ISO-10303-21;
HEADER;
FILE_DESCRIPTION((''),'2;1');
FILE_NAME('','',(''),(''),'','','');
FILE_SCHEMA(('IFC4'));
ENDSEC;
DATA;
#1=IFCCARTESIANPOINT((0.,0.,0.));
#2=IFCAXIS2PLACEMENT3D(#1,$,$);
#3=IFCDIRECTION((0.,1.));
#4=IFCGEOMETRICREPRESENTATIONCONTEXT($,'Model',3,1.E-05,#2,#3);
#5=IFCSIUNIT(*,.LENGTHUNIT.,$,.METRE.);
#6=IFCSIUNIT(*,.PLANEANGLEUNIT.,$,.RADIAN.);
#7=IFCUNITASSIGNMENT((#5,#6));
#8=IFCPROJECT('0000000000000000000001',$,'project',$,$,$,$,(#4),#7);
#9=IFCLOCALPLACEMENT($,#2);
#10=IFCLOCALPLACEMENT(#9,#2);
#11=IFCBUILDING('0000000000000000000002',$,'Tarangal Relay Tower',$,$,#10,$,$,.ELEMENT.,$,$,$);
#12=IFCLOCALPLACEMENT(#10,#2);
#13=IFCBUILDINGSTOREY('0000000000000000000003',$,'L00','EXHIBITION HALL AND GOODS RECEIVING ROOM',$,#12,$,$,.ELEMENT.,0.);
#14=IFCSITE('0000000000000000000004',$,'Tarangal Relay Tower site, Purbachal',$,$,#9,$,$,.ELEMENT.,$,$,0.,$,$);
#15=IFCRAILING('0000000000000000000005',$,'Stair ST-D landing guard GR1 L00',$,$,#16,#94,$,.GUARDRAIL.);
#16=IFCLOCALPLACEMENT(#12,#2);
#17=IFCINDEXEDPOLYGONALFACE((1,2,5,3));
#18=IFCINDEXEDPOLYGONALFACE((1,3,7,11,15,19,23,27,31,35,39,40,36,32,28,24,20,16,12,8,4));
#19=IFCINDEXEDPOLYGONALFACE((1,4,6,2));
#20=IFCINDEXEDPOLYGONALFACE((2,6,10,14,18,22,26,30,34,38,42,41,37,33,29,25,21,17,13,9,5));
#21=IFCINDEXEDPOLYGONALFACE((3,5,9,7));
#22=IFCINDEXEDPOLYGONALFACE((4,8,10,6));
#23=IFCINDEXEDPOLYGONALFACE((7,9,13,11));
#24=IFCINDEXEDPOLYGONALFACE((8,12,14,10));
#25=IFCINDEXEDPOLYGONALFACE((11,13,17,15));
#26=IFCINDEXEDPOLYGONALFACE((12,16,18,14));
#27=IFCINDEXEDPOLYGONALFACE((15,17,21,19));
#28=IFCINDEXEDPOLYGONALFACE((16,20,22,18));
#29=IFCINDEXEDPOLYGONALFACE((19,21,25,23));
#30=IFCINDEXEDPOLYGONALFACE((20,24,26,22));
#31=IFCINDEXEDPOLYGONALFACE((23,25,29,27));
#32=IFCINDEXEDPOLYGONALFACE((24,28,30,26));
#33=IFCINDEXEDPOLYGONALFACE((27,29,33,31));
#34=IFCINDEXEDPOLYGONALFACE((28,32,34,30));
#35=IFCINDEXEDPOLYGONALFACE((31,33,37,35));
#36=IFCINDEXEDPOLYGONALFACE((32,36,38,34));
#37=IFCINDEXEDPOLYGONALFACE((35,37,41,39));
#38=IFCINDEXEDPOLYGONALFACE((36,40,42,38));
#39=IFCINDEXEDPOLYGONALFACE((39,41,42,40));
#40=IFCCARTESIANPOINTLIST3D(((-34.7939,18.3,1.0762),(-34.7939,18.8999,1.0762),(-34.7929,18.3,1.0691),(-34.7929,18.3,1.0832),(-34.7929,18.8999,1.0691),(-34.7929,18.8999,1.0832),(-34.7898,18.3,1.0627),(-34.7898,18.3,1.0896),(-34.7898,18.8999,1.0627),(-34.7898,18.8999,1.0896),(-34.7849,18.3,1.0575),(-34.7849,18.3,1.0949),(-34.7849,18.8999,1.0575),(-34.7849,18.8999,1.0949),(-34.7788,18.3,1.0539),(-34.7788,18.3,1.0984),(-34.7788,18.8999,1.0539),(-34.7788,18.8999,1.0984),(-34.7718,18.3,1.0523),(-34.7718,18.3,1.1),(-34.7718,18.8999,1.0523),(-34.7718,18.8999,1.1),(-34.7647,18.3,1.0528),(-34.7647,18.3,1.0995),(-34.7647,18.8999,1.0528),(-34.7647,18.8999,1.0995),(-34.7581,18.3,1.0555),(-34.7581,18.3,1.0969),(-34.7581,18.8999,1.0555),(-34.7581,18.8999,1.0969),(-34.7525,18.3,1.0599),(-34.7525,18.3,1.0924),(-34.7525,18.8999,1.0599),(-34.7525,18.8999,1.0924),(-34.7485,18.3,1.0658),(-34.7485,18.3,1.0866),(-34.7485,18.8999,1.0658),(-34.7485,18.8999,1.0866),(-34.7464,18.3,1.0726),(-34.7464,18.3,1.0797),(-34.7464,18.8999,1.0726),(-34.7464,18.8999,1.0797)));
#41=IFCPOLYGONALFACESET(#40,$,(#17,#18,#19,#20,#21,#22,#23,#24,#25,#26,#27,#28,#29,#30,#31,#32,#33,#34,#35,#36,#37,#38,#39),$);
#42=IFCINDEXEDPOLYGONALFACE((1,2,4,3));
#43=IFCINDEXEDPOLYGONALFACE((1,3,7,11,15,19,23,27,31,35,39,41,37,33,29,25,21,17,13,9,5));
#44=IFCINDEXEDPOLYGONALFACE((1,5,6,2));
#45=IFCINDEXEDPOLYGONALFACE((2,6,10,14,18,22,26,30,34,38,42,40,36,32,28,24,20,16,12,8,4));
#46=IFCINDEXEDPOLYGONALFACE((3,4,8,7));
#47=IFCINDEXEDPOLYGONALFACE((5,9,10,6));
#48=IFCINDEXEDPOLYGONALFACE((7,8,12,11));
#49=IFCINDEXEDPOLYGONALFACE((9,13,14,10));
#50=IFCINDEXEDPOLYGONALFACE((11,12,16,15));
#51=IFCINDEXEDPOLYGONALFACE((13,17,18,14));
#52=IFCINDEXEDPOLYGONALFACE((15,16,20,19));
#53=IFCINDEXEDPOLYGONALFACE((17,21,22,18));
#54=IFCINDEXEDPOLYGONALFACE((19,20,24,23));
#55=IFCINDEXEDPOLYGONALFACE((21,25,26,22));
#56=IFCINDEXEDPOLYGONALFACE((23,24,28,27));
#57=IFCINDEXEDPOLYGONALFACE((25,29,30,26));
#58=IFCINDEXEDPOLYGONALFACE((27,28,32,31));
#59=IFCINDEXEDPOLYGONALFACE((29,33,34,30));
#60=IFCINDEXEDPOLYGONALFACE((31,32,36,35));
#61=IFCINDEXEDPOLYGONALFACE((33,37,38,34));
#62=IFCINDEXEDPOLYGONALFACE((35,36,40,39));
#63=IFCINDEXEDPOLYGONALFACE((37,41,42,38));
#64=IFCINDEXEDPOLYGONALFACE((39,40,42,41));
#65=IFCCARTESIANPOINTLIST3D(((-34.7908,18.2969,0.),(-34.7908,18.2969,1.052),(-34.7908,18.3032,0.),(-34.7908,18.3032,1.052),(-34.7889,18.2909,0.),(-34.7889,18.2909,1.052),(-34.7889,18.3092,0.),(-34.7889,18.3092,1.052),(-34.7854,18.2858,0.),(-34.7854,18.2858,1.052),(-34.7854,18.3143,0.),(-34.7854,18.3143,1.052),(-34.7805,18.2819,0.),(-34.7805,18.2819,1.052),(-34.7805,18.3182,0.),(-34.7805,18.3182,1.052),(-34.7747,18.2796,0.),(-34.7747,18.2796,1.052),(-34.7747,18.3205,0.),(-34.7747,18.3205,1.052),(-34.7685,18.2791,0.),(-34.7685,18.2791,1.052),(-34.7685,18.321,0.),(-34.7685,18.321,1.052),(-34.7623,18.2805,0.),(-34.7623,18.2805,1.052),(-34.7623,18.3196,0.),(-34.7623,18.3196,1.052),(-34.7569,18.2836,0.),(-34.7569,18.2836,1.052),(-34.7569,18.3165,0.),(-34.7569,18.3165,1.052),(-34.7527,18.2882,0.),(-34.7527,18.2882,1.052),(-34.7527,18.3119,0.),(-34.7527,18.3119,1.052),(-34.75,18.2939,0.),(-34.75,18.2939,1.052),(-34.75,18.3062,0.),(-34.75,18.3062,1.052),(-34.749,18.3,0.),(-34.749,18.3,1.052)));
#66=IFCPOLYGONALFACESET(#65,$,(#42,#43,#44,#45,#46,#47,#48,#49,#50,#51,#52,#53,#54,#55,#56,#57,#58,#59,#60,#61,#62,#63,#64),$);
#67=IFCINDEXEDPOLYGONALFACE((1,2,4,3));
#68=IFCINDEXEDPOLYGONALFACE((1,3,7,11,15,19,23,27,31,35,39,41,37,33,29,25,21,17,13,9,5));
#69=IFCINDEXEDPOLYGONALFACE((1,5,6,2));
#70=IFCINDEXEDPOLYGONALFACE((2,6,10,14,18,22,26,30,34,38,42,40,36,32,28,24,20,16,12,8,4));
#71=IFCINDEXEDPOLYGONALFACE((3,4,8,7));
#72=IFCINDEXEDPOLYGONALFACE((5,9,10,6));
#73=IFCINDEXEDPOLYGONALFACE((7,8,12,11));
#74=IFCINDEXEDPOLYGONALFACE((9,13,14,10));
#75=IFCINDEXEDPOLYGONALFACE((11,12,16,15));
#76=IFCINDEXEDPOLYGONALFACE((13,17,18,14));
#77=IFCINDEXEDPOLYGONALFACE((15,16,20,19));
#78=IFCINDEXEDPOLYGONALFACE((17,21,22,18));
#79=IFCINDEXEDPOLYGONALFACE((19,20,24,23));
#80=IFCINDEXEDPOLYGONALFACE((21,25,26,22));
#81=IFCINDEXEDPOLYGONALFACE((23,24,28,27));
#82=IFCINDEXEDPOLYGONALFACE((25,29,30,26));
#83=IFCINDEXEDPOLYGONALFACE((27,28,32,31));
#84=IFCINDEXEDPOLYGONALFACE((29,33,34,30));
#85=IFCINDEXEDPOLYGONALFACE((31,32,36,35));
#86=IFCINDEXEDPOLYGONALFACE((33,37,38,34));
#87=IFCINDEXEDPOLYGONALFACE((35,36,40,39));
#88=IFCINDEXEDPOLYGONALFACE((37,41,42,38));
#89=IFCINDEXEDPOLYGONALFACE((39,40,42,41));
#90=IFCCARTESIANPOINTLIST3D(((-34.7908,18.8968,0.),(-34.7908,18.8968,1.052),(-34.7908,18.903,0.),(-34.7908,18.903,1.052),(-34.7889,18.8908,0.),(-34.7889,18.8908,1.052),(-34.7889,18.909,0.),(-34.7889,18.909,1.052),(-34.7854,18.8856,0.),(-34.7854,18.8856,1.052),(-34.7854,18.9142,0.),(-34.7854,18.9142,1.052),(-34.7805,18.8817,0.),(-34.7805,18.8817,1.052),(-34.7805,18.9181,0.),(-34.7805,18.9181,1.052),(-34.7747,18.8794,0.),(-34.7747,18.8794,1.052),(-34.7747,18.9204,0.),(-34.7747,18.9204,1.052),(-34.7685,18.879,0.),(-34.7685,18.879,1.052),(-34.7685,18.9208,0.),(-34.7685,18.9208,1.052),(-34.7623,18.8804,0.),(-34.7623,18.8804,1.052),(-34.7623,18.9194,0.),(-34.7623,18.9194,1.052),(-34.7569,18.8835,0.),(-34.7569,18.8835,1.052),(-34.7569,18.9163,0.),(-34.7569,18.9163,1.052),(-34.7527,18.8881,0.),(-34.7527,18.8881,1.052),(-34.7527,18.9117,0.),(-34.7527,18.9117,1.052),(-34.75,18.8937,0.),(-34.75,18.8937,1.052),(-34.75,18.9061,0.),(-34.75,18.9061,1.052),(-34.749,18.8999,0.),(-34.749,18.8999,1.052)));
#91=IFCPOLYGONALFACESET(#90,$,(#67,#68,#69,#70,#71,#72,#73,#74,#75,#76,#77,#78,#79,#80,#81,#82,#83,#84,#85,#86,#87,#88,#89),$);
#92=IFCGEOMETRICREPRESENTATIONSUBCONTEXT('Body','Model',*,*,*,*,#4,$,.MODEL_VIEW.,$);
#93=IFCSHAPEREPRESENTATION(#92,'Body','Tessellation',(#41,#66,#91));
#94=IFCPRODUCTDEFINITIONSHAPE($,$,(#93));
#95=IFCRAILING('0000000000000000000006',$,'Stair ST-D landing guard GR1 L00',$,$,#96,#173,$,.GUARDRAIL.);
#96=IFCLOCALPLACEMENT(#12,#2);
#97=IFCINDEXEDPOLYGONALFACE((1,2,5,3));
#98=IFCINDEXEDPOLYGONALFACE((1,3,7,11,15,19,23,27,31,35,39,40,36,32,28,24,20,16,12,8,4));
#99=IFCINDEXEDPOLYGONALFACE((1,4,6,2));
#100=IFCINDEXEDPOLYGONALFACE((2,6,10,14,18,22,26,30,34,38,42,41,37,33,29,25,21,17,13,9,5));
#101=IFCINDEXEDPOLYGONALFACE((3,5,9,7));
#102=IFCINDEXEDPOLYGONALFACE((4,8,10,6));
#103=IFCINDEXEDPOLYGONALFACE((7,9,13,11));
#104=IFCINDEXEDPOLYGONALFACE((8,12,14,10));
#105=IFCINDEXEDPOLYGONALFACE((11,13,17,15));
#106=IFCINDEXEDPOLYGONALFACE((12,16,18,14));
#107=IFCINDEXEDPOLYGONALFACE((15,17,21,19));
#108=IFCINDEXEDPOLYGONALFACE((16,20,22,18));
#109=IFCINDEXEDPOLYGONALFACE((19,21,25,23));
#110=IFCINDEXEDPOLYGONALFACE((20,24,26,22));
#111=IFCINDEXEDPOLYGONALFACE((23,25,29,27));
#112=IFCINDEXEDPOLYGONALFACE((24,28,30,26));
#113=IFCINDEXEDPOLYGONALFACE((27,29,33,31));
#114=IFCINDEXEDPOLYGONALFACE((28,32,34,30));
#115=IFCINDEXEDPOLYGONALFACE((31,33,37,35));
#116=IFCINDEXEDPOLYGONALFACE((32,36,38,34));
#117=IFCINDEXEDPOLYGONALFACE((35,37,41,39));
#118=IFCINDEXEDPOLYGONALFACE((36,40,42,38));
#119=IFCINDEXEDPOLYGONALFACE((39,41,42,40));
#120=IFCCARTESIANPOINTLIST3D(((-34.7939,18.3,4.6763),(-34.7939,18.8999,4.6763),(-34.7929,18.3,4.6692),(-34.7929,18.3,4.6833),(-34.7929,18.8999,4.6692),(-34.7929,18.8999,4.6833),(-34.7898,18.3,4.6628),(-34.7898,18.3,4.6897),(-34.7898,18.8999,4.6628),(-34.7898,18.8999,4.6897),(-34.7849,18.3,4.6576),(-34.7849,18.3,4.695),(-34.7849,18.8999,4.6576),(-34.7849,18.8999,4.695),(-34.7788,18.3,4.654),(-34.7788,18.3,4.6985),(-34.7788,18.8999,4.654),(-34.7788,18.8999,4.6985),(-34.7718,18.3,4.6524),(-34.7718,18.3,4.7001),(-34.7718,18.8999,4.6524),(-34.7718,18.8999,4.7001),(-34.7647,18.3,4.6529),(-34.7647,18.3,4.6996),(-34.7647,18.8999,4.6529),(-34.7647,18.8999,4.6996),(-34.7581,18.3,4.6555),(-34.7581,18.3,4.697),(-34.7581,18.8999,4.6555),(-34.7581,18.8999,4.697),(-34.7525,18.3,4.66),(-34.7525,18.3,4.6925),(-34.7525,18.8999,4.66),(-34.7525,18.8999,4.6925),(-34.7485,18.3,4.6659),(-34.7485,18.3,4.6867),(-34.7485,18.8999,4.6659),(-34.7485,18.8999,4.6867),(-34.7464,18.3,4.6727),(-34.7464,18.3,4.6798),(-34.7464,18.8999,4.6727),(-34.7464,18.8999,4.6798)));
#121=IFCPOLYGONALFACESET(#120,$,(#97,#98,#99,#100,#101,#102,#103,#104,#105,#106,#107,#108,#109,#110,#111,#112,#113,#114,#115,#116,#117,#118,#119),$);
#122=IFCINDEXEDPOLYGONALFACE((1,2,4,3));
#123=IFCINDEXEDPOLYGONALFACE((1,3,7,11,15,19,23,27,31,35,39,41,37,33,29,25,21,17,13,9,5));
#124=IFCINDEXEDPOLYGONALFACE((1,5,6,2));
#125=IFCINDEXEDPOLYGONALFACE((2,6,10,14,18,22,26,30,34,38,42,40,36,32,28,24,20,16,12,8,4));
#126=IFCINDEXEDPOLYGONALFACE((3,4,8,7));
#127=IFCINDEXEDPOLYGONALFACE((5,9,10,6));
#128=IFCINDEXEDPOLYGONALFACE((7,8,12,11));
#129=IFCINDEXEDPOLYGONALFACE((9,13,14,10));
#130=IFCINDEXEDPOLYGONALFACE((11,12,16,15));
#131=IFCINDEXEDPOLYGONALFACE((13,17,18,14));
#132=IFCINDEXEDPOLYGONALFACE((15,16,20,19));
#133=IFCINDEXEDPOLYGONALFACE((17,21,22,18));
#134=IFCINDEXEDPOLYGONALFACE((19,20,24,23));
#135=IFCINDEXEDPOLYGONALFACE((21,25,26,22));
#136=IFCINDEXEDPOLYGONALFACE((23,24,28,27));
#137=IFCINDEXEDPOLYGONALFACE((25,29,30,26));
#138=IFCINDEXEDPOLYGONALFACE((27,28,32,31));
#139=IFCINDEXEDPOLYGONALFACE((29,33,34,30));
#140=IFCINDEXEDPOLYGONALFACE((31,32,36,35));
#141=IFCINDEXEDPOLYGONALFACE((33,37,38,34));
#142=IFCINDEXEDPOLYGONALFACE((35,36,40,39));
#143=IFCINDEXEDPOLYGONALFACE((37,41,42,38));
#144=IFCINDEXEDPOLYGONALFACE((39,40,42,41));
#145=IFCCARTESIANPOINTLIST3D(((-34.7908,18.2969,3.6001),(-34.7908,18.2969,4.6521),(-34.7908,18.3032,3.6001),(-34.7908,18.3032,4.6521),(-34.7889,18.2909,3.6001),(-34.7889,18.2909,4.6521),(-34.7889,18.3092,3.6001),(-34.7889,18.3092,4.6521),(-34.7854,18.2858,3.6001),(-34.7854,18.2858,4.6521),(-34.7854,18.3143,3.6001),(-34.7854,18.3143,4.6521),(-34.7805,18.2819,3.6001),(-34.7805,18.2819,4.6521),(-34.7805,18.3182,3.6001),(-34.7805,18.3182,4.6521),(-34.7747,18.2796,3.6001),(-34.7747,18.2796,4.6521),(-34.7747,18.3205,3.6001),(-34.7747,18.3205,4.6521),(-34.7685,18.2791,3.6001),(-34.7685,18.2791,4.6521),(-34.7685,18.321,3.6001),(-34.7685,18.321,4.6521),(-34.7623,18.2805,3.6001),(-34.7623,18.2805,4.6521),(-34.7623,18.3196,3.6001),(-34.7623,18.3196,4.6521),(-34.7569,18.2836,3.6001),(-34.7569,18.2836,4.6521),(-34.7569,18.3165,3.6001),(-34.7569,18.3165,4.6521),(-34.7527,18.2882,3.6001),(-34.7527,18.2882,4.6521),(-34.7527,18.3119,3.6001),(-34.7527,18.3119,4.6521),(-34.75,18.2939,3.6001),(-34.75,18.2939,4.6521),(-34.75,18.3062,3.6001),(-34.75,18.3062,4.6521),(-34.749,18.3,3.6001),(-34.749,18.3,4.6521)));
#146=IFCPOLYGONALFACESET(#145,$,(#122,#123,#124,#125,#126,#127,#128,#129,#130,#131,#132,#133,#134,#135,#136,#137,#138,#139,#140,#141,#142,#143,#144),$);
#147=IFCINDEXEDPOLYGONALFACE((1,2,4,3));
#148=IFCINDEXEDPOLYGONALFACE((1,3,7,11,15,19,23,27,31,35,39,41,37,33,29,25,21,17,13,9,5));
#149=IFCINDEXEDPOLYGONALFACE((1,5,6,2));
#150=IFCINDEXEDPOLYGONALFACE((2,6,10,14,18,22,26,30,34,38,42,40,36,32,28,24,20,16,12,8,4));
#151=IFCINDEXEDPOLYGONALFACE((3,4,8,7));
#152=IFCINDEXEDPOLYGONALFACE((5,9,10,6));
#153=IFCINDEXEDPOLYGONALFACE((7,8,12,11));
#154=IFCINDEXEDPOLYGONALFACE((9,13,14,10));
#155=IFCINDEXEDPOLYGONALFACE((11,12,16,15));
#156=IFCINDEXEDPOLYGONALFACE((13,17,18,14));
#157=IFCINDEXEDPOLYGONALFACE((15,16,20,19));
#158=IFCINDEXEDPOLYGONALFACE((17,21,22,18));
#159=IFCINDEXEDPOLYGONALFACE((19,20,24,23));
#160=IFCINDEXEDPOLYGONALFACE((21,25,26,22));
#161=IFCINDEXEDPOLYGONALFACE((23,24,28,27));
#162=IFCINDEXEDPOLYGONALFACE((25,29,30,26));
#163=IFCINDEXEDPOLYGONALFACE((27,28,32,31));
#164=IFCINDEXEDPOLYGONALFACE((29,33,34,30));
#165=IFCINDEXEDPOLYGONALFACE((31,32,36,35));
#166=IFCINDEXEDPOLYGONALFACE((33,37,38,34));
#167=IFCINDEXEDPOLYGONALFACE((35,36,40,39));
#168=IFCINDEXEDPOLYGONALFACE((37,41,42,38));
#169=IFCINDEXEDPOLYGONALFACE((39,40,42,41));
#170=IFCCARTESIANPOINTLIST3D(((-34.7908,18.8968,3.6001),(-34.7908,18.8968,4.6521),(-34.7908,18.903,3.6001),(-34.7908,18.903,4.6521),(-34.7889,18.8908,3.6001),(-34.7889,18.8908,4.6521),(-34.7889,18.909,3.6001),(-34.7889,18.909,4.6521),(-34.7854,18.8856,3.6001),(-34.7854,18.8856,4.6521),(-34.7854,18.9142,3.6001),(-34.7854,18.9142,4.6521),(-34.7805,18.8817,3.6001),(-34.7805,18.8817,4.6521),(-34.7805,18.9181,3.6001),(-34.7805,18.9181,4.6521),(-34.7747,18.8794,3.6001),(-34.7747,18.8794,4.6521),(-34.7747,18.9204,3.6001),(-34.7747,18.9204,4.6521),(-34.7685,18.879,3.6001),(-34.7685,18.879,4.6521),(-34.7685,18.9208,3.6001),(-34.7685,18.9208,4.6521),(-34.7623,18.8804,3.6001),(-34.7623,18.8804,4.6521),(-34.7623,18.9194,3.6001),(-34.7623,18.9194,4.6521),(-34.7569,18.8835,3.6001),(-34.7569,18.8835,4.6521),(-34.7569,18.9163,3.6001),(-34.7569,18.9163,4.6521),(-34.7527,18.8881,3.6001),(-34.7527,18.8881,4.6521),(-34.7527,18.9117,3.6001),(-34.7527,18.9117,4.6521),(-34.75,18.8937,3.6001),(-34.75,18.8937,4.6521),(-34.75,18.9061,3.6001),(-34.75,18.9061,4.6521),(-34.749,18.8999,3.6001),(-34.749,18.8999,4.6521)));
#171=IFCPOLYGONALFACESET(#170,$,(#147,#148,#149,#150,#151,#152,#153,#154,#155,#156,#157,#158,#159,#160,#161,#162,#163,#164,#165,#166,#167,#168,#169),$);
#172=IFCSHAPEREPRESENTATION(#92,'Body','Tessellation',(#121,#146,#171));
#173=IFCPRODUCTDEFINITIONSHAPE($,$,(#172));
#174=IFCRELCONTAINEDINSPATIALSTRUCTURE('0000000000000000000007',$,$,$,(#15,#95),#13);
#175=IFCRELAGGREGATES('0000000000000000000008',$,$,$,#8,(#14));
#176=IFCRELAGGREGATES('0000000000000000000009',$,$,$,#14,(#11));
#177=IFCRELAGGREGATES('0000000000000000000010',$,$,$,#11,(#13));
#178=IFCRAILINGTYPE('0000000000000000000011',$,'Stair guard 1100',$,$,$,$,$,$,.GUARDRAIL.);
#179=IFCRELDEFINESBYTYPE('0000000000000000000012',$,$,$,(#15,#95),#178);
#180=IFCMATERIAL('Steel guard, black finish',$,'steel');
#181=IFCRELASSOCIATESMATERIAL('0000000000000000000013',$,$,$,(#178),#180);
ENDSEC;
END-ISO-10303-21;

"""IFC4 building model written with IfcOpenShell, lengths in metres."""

from ifc_helpers import new_model, si_unit, direction, frame, origin, origin_2d, place, context, subcontext, project, spatial, circle, extrude, material, type_object, element, save


model = new_model("IFC4")

# Units and contexts
model_context = context("Model", 3, precision=1e-05, world=origin(), true_north=direction((0.0, 1.0)))
body_context = subcontext(model_context, "Body", "Model", "MODEL_VIEW")
ifc_project = project(units=[si_unit("LENGTHUNIT", "METRE"), si_unit("PLANEANGLEUNIT", "RADIAN")], contexts=[model_context])

# Site, building, storey
site_placement = place(None, origin())
site = spatial("IfcSite", under=ifc_project, at=site_placement, Name="Tarangal Relay Tower site, Purbachal", CompositionType="ELEMENT", RefElevation=0.0)
building_placement = place(site_placement, origin())
building = spatial("IfcBuilding", under=site, at=building_placement, Name="Tarangal Relay Tower", CompositionType="ELEMENT")
storey_placement = place(building_placement, origin())
storey = spatial("IfcBuildingStorey", under=building, at=storey_placement, Name="L00", Description="EXHIBITION HALL AND GOODS RECEIVING ROOM", CompositionType="ELEMENT", Elevation=0.0)

# Railings
ifc_material_1 = material(Name="Steel guard, black finish", Category="steel")
railing_type_1 = type_object("IfcRailingType", Name="Stair guard 1100", PredefinedType="GUARDRAIL", material=ifc_material_1)
for number, where, name in (
    (1, (-34.77, 18.3, 0.0), "Stair ST-D landing guard GR1 L00"),
    (2, (-34.77, 18.3, 3.6001), "Stair ST-D landing guard GR1 L00"),
):
    element("IfcRailing", number, at=place(storey_placement, frame(where)), inside=storey, type_object=railing_type_1, Name=name, PredefinedType="GUARDRAIL", context=body_context, shape_type="SweptSolid", body=[
        extrude(circle(Radius=0.0239, at=origin_2d()), frame((0.0, 0.0, 1.0762), z_axis=(0.0, 1.0, 0.0), x_axis=(-1.0, 0.0, 0.0)), (0.0, 0.0, 1.0), 0.5999),
        extrude(circle(Radius=0.021, at=origin_2d()), origin(), (0.0, 0.0, 1.0), 1.052),
        extrude(circle(Radius=0.021, at=origin_2d()), frame((0.0, 0.5999, 0.0)), (0.0, 0.0, 1.0), 1.052),
    ])

save(model, "model.ifc")
